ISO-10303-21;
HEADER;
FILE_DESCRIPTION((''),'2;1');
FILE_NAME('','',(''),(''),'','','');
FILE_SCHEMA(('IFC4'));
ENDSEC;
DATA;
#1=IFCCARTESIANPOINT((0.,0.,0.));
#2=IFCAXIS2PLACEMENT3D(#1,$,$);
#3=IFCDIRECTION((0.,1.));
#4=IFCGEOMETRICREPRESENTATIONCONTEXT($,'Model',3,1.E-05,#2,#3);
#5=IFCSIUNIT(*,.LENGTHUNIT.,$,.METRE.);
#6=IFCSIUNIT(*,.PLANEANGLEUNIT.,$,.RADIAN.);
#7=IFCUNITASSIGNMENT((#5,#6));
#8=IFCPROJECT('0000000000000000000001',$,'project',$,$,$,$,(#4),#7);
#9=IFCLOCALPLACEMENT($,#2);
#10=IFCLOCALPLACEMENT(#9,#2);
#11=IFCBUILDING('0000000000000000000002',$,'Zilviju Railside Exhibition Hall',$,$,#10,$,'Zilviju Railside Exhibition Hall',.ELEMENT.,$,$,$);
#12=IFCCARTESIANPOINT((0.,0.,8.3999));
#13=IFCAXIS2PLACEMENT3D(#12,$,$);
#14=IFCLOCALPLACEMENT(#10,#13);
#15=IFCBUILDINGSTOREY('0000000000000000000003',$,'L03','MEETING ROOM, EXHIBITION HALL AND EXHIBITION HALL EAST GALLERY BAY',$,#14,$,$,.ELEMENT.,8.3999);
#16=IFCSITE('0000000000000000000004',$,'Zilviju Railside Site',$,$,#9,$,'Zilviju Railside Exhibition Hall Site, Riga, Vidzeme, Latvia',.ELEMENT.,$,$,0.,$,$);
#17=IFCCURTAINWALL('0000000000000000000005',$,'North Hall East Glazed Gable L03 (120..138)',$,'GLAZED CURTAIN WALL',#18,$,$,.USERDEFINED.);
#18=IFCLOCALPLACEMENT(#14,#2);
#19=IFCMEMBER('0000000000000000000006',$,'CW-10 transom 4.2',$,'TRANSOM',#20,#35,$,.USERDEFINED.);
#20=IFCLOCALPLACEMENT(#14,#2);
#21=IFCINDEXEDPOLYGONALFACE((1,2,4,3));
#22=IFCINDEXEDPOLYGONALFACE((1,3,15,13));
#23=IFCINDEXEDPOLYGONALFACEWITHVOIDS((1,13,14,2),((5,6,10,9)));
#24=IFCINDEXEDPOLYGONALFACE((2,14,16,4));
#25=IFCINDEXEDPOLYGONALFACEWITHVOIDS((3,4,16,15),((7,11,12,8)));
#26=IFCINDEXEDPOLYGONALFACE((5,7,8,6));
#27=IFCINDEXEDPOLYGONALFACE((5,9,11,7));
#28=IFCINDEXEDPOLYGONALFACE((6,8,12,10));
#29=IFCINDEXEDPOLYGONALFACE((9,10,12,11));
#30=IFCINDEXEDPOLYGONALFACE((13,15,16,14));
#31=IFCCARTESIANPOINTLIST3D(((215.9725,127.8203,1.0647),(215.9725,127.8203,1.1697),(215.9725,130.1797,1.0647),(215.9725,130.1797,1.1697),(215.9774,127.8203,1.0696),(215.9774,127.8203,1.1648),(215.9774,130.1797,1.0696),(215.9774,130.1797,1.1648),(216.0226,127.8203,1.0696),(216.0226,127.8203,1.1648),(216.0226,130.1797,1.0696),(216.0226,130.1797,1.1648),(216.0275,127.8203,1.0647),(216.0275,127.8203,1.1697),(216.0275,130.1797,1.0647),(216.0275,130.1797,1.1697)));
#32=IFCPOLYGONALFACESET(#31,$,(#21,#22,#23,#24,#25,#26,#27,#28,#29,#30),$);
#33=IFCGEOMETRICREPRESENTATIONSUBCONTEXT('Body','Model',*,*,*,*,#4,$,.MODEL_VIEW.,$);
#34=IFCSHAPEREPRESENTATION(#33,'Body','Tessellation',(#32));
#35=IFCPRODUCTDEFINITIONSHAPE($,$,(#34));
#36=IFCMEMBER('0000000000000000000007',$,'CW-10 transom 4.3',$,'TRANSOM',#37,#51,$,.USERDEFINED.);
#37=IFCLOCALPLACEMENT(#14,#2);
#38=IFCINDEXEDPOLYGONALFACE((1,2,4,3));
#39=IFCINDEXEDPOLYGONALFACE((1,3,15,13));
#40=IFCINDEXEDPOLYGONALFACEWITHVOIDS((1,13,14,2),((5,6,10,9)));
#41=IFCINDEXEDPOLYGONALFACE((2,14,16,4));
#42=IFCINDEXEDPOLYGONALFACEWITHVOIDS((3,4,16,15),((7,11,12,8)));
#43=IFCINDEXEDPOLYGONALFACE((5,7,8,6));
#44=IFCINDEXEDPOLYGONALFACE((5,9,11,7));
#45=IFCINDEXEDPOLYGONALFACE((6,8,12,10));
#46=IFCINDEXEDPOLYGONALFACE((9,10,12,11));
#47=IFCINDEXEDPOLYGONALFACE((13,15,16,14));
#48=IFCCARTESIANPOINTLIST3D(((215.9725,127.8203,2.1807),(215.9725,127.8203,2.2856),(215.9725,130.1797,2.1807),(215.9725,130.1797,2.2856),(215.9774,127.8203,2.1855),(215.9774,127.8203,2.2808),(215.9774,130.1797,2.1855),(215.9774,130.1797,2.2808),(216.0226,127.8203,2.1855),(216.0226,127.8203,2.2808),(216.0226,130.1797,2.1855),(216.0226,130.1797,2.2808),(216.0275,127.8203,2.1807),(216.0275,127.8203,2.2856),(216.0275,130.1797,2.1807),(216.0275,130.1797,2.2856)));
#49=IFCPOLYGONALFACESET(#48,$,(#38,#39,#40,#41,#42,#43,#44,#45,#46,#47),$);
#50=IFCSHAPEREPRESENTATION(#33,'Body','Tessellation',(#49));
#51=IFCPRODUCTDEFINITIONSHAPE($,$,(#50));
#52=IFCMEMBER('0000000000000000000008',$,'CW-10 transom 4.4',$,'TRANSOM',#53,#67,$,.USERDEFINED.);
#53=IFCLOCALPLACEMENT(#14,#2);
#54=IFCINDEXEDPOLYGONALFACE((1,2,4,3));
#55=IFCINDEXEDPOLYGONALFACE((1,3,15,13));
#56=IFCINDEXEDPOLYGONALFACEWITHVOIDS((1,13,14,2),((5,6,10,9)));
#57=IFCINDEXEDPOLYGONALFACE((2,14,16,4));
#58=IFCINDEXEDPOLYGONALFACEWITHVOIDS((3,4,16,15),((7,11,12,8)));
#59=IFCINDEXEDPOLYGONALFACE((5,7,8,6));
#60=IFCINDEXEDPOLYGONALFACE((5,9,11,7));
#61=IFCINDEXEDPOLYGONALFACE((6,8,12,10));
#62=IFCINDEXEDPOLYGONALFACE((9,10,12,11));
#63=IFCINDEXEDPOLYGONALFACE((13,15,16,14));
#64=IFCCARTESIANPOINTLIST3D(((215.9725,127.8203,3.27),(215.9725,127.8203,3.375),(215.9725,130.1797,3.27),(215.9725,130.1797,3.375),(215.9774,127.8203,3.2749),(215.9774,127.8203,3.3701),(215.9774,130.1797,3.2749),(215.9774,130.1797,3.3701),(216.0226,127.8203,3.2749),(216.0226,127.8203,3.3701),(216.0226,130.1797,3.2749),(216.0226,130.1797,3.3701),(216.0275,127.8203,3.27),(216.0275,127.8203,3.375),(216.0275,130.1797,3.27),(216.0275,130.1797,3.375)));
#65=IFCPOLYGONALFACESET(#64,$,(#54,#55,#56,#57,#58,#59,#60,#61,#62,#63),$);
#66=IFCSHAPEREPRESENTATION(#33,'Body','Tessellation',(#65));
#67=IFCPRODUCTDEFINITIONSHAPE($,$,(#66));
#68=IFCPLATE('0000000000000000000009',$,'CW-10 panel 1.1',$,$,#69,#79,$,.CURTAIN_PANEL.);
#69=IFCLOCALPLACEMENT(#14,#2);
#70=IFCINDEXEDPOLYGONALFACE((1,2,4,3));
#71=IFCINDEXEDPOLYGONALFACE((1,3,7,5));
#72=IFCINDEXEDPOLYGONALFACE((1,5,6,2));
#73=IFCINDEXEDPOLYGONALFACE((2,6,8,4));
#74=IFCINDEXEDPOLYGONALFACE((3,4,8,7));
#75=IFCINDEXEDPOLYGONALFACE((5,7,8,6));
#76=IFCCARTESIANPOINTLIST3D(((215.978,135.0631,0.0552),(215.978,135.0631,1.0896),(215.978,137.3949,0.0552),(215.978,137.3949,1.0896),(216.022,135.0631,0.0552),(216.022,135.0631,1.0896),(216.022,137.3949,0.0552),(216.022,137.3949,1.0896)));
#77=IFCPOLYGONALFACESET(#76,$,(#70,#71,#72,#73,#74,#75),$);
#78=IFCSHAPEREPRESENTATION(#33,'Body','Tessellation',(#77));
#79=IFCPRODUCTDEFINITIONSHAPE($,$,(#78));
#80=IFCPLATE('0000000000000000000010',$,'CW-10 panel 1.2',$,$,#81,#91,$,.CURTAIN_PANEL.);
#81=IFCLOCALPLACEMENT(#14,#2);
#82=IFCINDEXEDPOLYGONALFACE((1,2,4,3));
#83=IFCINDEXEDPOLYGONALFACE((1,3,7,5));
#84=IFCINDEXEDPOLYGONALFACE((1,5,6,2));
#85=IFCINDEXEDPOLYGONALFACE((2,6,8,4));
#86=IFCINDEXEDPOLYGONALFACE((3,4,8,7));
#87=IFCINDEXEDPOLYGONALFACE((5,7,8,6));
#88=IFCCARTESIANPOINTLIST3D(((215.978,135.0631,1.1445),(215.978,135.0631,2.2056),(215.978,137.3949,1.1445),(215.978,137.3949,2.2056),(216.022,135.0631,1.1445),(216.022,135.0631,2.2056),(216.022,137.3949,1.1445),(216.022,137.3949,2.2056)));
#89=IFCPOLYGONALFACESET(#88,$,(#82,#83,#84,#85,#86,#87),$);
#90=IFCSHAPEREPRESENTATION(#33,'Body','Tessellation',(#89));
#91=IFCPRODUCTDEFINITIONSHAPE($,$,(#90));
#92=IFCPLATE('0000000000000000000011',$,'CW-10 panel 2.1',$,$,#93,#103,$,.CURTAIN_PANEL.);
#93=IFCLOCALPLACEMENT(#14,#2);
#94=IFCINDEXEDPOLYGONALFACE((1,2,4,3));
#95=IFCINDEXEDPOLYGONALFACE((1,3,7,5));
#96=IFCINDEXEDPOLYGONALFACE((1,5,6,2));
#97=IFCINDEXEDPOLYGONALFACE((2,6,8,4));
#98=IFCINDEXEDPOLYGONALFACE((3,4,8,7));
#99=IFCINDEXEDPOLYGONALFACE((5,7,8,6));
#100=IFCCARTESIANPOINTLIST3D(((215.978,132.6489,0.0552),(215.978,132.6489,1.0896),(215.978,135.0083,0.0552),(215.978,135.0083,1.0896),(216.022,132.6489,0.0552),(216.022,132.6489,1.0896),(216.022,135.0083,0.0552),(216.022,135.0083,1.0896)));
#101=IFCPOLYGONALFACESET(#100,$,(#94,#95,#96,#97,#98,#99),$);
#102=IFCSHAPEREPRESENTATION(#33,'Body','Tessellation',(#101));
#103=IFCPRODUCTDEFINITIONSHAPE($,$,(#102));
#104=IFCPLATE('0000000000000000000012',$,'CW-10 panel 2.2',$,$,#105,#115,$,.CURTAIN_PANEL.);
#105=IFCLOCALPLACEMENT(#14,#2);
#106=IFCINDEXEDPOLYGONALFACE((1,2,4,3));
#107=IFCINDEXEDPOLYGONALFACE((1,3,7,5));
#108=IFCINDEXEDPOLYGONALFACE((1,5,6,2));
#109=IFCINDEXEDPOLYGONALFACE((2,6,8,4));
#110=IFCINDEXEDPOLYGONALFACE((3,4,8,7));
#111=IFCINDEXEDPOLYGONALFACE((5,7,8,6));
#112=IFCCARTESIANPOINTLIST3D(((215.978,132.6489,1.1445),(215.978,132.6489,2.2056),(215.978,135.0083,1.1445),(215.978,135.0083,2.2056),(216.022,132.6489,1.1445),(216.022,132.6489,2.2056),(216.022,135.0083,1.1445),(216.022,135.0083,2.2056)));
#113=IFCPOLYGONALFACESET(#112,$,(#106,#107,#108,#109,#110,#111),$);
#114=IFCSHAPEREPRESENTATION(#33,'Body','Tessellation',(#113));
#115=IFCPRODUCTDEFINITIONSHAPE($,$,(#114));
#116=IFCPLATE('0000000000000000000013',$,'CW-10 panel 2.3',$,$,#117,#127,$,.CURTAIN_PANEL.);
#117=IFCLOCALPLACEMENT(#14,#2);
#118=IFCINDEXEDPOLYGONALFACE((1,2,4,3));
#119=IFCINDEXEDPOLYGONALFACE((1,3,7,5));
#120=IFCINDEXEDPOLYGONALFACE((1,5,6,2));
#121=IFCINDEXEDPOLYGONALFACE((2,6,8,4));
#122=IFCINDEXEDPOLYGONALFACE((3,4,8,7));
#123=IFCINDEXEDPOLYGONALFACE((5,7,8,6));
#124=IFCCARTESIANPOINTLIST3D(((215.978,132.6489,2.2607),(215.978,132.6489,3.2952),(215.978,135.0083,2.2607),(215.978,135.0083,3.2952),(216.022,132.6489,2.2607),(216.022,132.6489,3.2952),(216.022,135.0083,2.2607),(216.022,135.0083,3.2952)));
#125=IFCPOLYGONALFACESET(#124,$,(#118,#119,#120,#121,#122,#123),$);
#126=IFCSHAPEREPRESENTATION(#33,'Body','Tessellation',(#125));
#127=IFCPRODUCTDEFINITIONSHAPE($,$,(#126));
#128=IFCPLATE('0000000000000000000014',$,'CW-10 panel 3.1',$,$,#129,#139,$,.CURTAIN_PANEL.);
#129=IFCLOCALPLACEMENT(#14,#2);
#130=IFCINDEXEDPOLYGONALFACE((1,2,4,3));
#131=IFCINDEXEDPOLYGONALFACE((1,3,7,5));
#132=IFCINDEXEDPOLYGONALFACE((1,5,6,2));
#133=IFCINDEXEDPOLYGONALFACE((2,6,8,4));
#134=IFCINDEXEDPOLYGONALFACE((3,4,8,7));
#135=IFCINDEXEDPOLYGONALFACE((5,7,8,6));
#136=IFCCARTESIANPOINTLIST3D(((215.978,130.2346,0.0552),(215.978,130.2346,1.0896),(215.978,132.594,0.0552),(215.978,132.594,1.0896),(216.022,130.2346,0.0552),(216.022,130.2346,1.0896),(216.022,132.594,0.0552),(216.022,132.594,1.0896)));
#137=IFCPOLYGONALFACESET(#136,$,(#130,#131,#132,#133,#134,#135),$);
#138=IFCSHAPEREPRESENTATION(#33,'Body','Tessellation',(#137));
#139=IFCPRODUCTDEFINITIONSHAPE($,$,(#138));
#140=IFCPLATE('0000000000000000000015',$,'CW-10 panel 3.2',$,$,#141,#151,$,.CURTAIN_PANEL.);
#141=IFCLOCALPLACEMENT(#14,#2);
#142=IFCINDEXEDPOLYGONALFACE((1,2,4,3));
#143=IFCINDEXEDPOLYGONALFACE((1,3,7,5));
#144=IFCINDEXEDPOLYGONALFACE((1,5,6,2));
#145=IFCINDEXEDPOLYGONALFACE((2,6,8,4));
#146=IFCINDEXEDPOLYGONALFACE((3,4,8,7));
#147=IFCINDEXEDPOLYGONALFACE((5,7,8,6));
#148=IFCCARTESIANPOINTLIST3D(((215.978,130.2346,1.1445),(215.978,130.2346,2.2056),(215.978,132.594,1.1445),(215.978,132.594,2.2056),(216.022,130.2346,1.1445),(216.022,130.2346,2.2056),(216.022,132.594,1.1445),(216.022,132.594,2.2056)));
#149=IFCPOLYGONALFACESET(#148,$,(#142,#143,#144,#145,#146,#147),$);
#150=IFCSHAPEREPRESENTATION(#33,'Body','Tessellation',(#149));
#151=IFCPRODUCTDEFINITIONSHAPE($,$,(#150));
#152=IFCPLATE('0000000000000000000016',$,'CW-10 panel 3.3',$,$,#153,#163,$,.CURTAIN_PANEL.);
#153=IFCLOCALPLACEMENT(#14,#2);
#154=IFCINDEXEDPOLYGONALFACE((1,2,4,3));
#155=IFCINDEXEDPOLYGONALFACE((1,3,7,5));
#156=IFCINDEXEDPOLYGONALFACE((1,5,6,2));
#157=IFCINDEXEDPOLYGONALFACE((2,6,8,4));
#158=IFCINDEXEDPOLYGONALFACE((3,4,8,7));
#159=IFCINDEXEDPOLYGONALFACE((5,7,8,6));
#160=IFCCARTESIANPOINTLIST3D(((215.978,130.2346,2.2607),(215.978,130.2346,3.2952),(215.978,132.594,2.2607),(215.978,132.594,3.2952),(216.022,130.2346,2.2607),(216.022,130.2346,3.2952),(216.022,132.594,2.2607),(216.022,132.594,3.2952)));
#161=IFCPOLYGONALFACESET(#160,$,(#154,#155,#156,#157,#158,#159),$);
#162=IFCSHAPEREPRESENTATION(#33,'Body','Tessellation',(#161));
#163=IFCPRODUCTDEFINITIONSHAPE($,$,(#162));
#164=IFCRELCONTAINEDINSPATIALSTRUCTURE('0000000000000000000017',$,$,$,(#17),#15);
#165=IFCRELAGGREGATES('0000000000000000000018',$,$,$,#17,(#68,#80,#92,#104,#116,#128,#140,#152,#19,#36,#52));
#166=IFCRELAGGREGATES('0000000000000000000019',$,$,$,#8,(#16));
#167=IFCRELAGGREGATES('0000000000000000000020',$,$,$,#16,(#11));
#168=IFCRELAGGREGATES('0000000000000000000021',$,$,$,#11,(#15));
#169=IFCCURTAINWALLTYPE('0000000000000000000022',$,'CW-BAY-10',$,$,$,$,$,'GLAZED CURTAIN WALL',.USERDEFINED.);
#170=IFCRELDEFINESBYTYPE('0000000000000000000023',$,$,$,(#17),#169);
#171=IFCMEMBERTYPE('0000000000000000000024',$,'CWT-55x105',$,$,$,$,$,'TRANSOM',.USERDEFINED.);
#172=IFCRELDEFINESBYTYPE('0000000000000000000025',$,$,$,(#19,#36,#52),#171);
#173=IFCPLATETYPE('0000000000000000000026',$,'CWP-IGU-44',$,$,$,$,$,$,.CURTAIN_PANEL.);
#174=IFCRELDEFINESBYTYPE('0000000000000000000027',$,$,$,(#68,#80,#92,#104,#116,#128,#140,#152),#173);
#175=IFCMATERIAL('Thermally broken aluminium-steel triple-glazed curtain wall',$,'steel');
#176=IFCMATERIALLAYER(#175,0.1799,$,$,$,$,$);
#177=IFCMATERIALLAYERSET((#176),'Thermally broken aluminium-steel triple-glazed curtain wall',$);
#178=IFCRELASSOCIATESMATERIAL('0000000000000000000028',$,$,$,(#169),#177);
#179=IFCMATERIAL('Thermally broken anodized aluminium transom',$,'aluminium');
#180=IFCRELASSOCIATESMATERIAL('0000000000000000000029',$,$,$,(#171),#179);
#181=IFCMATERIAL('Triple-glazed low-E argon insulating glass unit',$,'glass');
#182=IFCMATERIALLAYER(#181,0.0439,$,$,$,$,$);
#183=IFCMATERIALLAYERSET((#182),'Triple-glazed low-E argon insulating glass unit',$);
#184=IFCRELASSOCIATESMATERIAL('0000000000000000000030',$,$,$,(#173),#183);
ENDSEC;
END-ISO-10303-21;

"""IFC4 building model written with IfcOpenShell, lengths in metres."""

from ifc_helpers import new_model, si_unit, direction, frame, origin, origin_2d, place, context, subcontext, project, spatial, rectangle, hollow_rectangle, extrude, material, layer, layer_set, material_profile, profile_set, type_object, element, aggregate, save


model = new_model("IFC4")

# Units and contexts
model_context = context("Model", 3, precision=1e-05, world=origin(), true_north=direction((0.0, 1.0)))
body_context = subcontext(model_context, "Body", "Model", "MODEL_VIEW")
ifc_project = project(units=[si_unit("LENGTHUNIT", "METRE"), si_unit("PLANEANGLEUNIT", "RADIAN")], contexts=[model_context])

# Site, building, storey
site_placement = place(None, origin())
site = spatial("IfcSite", under=ifc_project, at=site_placement, Name="Zilviju Railside Site", LongName="Zilviju Railside Exhibition Hall Site, Riga, Vidzeme, Latvia", CompositionType="ELEMENT", RefElevation=0.0)
building_placement = place(site_placement, origin())
building = spatial("IfcBuilding", under=site, at=building_placement, Name="Zilviju Railside Exhibition Hall", LongName="Zilviju Railside Exhibition Hall", CompositionType="ELEMENT")
storey_placement = place(building_placement, frame((0.0, 0.0, 8.3999)))
storey = spatial("IfcBuildingStorey", under=building, at=storey_placement, Name="L03", Description="MEETING ROOM, EXHIBITION HALL AND EXHIBITION HALL EAST GALLERY BAY", CompositionType="ELEMENT", Elevation=8.3999)

# Curtain wall, members, plates
ifc_material_1 = material(Name="Thermally broken aluminium-steel triple-glazed curtain wall", Category="steel")
ifc_layer_1 = layer(ifc_material_1, 0.1799)
ifc_layer_set_1 = layer_set([ifc_layer_1], Name="Thermally broken aluminium-steel triple-glazed curtain wall")
curtain_wall_type = type_object("IfcCurtainWallType", Name="CW-BAY-10", ElementType="GLAZED CURTAIN WALL", PredefinedType="USERDEFINED", material=ifc_layer_set_1)
curtain_wall_placement = place(storey_placement, origin())
curtain_wall = element("IfcCurtainWall", 1, at=curtain_wall_placement, inside=storey, type_object=curtain_wall_type, Name="North Hall East Glazed Gable L03 (120..138)", ObjectType="GLAZED CURTAIN WALL", PredefinedType="USERDEFINED")
ifc_material_2 = material(Name="Thermally broken anodized aluminium transom", Category="aluminium")
ifc_material_profile_1 = material_profile(ifc_material_2, hollow_rectangle(XDim=0.0549, YDim=0.105, WallThickness=0.0049, at=origin_2d()), Name="TRANSOM 105x55x5")
ifc_profile_set_1 = profile_set([ifc_material_profile_1], Name="Thermally broken anodized aluminium transom")
member_type_1 = type_object("IfcMemberType", Name="CWT-55x105", ElementType="TRANSOM", PredefinedType="USERDEFINED", material=ifc_profile_set_1)
member_1_placement = place(storey_placement, frame((216.0, 130.1797, 1.1172), z_axis=(0.0, -1.0, 0.0), x_axis=(1.0, 0.0, 0.0)))
member_1 = element("IfcMember", 2, at=member_1_placement, type_object=member_type_1, Name="CW-10 transom 4.2", ObjectType="TRANSOM", PredefinedType="USERDEFINED", context=body_context, shape_type="SweptSolid", body=[
    extrude(hollow_rectangle(XDim=0.0549, YDim=0.105, WallThickness=0.0049, at=origin_2d()), origin(), (0.0, 0.0, 1.0), 2.3594),
])
member_2_placement = place(storey_placement, frame((216.0, 130.1797, 2.2332), z_axis=(0.0, -1.0, 0.0), x_axis=(1.0, 0.0, 0.0)))
member_2 = element("IfcMember", 3, at=member_2_placement, type_object=member_type_1, Name="CW-10 transom 4.3", ObjectType="TRANSOM", PredefinedType="USERDEFINED", context=body_context, shape_type="SweptSolid", body=[
    extrude(hollow_rectangle(XDim=0.0549, YDim=0.105, WallThickness=0.0049, at=origin_2d()), origin(), (0.0, 0.0, 1.0), 2.3594),
])
member_3_placement = place(storey_placement, frame((216.0, 130.1797, 3.3225), z_axis=(0.0, -1.0, 0.0), x_axis=(1.0, 0.0, 0.0)))
member_3 = element("IfcMember", 4, at=member_3_placement, type_object=member_type_1, Name="CW-10 transom 4.4", ObjectType="TRANSOM", PredefinedType="USERDEFINED", context=body_context, shape_type="SweptSolid", body=[
    extrude(hollow_rectangle(XDim=0.0549, YDim=0.105, WallThickness=0.0049, at=origin_2d()), origin(), (0.0, 0.0, 1.0), 2.3594),
])
ifc_material_3 = material(Name="Triple-glazed low-E argon insulating glass unit", Category="glass")
ifc_layer_2 = layer(ifc_material_3, 0.0439)
ifc_layer_set_2 = layer_set([ifc_layer_2], Name="Triple-glazed low-E argon insulating glass unit")
plate_type = type_object("IfcPlateType", Name="CWP-IGU-44", PredefinedType="CURTAIN_PANEL", material=ifc_layer_set_2)
plate_1_placement = place(storey_placement, frame((216.0, 136.229, 0.0552), z_axis=(0.0, 0.0, 1.0), x_axis=(0.0, -1.0, 0.0)))
plate_1 = element("IfcPlate", 5, at=plate_1_placement, type_object=plate_type, Name="CW-10 panel 1.1", PredefinedType="CURTAIN_PANEL", context=body_context, shape_type="SweptSolid", body=[
    extrude(rectangle(XDim=2.3318, YDim=0.0439, at=origin_2d()), origin(), (0.0, 0.0, 1.0), 1.0344),
])
plate_2_placement = place(storey_placement, frame((216.0, 136.229, 1.1445), z_axis=(0.0, 0.0, 1.0), x_axis=(0.0, -1.0, 0.0)))
plate_2 = element("IfcPlate", 6, at=plate_2_placement, type_object=plate_type, Name="CW-10 panel 1.2", PredefinedType="CURTAIN_PANEL", context=body_context, shape_type="SweptSolid", body=[
    extrude(rectangle(XDim=2.3318, YDim=0.0439, at=origin_2d()), origin(), (0.0, 0.0, 1.0), 1.061),
])
plate_3_placement = place(storey_placement, frame((216.0, 133.8286, 0.0552), z_axis=(0.0, 0.0, 1.0), x_axis=(0.0, -1.0, 0.0)))
plate_3 = element("IfcPlate", 7, at=plate_3_placement, type_object=plate_type, Name="CW-10 panel 2.1", PredefinedType="CURTAIN_PANEL", context=body_context, shape_type="SweptSolid", body=[
    extrude(rectangle(XDim=2.3594, YDim=0.0439, at=origin_2d()), origin(), (0.0, 0.0, 1.0), 1.0344),
])
plate_4_placement = place(storey_placement, frame((216.0, 133.8286, 1.1445), z_axis=(0.0, 0.0, 1.0), x_axis=(0.0, -1.0, 0.0)))
plate_4 = element("IfcPlate", 8, at=plate_4_placement, type_object=plate_type, Name="CW-10 panel 2.2", PredefinedType="CURTAIN_PANEL", context=body_context, shape_type="SweptSolid", body=[
    extrude(rectangle(XDim=2.3594, YDim=0.0439, at=origin_2d()), origin(), (0.0, 0.0, 1.0), 1.061),
])
plate_5_placement = place(storey_placement, frame((216.0, 133.8286, 2.2607), z_axis=(0.0, 0.0, 1.0), x_axis=(0.0, -1.0, 0.0)))
plate_5 = element("IfcPlate", 9, at=plate_5_placement, type_object=plate_type, Name="CW-10 panel 2.3", PredefinedType="CURTAIN_PANEL", context=body_context, shape_type="SweptSolid", body=[
    extrude(rectangle(XDim=2.3594, YDim=0.0439, at=origin_2d()), origin(), (0.0, 0.0, 1.0), 1.0344),
])
plate_6_placement = place(storey_placement, frame((216.0, 131.4143, 0.0552), z_axis=(0.0, 0.0, 1.0), x_axis=(0.0, -1.0, 0.0)))
plate_6 = element("IfcPlate", 10, at=plate_6_placement, type_object=plate_type, Name="CW-10 panel 3.1", PredefinedType="CURTAIN_PANEL", context=body_context, shape_type="SweptSolid", body=[
    extrude(rectangle(XDim=2.3594, YDim=0.0439, at=origin_2d()), origin(), (0.0, 0.0, 1.0), 1.0344),
])
plate_7_placement = place(storey_placement, frame((216.0, 131.4143, 1.1445), z_axis=(0.0, 0.0, 1.0), x_axis=(0.0, -1.0, 0.0)))
plate_7 = element("IfcPlate", 11, at=plate_7_placement, type_object=plate_type, Name="CW-10 panel 3.2", PredefinedType="CURTAIN_PANEL", context=body_context, shape_type="SweptSolid", body=[
    extrude(rectangle(XDim=2.3594, YDim=0.0439, at=origin_2d()), origin(), (0.0, 0.0, 1.0), 1.061),
])
plate_8_placement = place(storey_placement, frame((216.0, 131.4143, 2.2607), z_axis=(0.0, 0.0, 1.0), x_axis=(0.0, -1.0, 0.0)))
plate_8 = element("IfcPlate", 12, at=plate_8_placement, type_object=plate_type, Name="CW-10 panel 3.3", PredefinedType="CURTAIN_PANEL", context=body_context, shape_type="SweptSolid", body=[
    extrude(rectangle(XDim=2.3594, YDim=0.0439, at=origin_2d()), origin(), (0.0, 0.0, 1.0), 1.0344),
])
aggregate(curtain_wall, [plate_1, plate_2, plate_3, plate_4, plate_5, plate_6, plate_7, plate_8, member_1, member_2, member_3])

save(model, "model.ifc")
